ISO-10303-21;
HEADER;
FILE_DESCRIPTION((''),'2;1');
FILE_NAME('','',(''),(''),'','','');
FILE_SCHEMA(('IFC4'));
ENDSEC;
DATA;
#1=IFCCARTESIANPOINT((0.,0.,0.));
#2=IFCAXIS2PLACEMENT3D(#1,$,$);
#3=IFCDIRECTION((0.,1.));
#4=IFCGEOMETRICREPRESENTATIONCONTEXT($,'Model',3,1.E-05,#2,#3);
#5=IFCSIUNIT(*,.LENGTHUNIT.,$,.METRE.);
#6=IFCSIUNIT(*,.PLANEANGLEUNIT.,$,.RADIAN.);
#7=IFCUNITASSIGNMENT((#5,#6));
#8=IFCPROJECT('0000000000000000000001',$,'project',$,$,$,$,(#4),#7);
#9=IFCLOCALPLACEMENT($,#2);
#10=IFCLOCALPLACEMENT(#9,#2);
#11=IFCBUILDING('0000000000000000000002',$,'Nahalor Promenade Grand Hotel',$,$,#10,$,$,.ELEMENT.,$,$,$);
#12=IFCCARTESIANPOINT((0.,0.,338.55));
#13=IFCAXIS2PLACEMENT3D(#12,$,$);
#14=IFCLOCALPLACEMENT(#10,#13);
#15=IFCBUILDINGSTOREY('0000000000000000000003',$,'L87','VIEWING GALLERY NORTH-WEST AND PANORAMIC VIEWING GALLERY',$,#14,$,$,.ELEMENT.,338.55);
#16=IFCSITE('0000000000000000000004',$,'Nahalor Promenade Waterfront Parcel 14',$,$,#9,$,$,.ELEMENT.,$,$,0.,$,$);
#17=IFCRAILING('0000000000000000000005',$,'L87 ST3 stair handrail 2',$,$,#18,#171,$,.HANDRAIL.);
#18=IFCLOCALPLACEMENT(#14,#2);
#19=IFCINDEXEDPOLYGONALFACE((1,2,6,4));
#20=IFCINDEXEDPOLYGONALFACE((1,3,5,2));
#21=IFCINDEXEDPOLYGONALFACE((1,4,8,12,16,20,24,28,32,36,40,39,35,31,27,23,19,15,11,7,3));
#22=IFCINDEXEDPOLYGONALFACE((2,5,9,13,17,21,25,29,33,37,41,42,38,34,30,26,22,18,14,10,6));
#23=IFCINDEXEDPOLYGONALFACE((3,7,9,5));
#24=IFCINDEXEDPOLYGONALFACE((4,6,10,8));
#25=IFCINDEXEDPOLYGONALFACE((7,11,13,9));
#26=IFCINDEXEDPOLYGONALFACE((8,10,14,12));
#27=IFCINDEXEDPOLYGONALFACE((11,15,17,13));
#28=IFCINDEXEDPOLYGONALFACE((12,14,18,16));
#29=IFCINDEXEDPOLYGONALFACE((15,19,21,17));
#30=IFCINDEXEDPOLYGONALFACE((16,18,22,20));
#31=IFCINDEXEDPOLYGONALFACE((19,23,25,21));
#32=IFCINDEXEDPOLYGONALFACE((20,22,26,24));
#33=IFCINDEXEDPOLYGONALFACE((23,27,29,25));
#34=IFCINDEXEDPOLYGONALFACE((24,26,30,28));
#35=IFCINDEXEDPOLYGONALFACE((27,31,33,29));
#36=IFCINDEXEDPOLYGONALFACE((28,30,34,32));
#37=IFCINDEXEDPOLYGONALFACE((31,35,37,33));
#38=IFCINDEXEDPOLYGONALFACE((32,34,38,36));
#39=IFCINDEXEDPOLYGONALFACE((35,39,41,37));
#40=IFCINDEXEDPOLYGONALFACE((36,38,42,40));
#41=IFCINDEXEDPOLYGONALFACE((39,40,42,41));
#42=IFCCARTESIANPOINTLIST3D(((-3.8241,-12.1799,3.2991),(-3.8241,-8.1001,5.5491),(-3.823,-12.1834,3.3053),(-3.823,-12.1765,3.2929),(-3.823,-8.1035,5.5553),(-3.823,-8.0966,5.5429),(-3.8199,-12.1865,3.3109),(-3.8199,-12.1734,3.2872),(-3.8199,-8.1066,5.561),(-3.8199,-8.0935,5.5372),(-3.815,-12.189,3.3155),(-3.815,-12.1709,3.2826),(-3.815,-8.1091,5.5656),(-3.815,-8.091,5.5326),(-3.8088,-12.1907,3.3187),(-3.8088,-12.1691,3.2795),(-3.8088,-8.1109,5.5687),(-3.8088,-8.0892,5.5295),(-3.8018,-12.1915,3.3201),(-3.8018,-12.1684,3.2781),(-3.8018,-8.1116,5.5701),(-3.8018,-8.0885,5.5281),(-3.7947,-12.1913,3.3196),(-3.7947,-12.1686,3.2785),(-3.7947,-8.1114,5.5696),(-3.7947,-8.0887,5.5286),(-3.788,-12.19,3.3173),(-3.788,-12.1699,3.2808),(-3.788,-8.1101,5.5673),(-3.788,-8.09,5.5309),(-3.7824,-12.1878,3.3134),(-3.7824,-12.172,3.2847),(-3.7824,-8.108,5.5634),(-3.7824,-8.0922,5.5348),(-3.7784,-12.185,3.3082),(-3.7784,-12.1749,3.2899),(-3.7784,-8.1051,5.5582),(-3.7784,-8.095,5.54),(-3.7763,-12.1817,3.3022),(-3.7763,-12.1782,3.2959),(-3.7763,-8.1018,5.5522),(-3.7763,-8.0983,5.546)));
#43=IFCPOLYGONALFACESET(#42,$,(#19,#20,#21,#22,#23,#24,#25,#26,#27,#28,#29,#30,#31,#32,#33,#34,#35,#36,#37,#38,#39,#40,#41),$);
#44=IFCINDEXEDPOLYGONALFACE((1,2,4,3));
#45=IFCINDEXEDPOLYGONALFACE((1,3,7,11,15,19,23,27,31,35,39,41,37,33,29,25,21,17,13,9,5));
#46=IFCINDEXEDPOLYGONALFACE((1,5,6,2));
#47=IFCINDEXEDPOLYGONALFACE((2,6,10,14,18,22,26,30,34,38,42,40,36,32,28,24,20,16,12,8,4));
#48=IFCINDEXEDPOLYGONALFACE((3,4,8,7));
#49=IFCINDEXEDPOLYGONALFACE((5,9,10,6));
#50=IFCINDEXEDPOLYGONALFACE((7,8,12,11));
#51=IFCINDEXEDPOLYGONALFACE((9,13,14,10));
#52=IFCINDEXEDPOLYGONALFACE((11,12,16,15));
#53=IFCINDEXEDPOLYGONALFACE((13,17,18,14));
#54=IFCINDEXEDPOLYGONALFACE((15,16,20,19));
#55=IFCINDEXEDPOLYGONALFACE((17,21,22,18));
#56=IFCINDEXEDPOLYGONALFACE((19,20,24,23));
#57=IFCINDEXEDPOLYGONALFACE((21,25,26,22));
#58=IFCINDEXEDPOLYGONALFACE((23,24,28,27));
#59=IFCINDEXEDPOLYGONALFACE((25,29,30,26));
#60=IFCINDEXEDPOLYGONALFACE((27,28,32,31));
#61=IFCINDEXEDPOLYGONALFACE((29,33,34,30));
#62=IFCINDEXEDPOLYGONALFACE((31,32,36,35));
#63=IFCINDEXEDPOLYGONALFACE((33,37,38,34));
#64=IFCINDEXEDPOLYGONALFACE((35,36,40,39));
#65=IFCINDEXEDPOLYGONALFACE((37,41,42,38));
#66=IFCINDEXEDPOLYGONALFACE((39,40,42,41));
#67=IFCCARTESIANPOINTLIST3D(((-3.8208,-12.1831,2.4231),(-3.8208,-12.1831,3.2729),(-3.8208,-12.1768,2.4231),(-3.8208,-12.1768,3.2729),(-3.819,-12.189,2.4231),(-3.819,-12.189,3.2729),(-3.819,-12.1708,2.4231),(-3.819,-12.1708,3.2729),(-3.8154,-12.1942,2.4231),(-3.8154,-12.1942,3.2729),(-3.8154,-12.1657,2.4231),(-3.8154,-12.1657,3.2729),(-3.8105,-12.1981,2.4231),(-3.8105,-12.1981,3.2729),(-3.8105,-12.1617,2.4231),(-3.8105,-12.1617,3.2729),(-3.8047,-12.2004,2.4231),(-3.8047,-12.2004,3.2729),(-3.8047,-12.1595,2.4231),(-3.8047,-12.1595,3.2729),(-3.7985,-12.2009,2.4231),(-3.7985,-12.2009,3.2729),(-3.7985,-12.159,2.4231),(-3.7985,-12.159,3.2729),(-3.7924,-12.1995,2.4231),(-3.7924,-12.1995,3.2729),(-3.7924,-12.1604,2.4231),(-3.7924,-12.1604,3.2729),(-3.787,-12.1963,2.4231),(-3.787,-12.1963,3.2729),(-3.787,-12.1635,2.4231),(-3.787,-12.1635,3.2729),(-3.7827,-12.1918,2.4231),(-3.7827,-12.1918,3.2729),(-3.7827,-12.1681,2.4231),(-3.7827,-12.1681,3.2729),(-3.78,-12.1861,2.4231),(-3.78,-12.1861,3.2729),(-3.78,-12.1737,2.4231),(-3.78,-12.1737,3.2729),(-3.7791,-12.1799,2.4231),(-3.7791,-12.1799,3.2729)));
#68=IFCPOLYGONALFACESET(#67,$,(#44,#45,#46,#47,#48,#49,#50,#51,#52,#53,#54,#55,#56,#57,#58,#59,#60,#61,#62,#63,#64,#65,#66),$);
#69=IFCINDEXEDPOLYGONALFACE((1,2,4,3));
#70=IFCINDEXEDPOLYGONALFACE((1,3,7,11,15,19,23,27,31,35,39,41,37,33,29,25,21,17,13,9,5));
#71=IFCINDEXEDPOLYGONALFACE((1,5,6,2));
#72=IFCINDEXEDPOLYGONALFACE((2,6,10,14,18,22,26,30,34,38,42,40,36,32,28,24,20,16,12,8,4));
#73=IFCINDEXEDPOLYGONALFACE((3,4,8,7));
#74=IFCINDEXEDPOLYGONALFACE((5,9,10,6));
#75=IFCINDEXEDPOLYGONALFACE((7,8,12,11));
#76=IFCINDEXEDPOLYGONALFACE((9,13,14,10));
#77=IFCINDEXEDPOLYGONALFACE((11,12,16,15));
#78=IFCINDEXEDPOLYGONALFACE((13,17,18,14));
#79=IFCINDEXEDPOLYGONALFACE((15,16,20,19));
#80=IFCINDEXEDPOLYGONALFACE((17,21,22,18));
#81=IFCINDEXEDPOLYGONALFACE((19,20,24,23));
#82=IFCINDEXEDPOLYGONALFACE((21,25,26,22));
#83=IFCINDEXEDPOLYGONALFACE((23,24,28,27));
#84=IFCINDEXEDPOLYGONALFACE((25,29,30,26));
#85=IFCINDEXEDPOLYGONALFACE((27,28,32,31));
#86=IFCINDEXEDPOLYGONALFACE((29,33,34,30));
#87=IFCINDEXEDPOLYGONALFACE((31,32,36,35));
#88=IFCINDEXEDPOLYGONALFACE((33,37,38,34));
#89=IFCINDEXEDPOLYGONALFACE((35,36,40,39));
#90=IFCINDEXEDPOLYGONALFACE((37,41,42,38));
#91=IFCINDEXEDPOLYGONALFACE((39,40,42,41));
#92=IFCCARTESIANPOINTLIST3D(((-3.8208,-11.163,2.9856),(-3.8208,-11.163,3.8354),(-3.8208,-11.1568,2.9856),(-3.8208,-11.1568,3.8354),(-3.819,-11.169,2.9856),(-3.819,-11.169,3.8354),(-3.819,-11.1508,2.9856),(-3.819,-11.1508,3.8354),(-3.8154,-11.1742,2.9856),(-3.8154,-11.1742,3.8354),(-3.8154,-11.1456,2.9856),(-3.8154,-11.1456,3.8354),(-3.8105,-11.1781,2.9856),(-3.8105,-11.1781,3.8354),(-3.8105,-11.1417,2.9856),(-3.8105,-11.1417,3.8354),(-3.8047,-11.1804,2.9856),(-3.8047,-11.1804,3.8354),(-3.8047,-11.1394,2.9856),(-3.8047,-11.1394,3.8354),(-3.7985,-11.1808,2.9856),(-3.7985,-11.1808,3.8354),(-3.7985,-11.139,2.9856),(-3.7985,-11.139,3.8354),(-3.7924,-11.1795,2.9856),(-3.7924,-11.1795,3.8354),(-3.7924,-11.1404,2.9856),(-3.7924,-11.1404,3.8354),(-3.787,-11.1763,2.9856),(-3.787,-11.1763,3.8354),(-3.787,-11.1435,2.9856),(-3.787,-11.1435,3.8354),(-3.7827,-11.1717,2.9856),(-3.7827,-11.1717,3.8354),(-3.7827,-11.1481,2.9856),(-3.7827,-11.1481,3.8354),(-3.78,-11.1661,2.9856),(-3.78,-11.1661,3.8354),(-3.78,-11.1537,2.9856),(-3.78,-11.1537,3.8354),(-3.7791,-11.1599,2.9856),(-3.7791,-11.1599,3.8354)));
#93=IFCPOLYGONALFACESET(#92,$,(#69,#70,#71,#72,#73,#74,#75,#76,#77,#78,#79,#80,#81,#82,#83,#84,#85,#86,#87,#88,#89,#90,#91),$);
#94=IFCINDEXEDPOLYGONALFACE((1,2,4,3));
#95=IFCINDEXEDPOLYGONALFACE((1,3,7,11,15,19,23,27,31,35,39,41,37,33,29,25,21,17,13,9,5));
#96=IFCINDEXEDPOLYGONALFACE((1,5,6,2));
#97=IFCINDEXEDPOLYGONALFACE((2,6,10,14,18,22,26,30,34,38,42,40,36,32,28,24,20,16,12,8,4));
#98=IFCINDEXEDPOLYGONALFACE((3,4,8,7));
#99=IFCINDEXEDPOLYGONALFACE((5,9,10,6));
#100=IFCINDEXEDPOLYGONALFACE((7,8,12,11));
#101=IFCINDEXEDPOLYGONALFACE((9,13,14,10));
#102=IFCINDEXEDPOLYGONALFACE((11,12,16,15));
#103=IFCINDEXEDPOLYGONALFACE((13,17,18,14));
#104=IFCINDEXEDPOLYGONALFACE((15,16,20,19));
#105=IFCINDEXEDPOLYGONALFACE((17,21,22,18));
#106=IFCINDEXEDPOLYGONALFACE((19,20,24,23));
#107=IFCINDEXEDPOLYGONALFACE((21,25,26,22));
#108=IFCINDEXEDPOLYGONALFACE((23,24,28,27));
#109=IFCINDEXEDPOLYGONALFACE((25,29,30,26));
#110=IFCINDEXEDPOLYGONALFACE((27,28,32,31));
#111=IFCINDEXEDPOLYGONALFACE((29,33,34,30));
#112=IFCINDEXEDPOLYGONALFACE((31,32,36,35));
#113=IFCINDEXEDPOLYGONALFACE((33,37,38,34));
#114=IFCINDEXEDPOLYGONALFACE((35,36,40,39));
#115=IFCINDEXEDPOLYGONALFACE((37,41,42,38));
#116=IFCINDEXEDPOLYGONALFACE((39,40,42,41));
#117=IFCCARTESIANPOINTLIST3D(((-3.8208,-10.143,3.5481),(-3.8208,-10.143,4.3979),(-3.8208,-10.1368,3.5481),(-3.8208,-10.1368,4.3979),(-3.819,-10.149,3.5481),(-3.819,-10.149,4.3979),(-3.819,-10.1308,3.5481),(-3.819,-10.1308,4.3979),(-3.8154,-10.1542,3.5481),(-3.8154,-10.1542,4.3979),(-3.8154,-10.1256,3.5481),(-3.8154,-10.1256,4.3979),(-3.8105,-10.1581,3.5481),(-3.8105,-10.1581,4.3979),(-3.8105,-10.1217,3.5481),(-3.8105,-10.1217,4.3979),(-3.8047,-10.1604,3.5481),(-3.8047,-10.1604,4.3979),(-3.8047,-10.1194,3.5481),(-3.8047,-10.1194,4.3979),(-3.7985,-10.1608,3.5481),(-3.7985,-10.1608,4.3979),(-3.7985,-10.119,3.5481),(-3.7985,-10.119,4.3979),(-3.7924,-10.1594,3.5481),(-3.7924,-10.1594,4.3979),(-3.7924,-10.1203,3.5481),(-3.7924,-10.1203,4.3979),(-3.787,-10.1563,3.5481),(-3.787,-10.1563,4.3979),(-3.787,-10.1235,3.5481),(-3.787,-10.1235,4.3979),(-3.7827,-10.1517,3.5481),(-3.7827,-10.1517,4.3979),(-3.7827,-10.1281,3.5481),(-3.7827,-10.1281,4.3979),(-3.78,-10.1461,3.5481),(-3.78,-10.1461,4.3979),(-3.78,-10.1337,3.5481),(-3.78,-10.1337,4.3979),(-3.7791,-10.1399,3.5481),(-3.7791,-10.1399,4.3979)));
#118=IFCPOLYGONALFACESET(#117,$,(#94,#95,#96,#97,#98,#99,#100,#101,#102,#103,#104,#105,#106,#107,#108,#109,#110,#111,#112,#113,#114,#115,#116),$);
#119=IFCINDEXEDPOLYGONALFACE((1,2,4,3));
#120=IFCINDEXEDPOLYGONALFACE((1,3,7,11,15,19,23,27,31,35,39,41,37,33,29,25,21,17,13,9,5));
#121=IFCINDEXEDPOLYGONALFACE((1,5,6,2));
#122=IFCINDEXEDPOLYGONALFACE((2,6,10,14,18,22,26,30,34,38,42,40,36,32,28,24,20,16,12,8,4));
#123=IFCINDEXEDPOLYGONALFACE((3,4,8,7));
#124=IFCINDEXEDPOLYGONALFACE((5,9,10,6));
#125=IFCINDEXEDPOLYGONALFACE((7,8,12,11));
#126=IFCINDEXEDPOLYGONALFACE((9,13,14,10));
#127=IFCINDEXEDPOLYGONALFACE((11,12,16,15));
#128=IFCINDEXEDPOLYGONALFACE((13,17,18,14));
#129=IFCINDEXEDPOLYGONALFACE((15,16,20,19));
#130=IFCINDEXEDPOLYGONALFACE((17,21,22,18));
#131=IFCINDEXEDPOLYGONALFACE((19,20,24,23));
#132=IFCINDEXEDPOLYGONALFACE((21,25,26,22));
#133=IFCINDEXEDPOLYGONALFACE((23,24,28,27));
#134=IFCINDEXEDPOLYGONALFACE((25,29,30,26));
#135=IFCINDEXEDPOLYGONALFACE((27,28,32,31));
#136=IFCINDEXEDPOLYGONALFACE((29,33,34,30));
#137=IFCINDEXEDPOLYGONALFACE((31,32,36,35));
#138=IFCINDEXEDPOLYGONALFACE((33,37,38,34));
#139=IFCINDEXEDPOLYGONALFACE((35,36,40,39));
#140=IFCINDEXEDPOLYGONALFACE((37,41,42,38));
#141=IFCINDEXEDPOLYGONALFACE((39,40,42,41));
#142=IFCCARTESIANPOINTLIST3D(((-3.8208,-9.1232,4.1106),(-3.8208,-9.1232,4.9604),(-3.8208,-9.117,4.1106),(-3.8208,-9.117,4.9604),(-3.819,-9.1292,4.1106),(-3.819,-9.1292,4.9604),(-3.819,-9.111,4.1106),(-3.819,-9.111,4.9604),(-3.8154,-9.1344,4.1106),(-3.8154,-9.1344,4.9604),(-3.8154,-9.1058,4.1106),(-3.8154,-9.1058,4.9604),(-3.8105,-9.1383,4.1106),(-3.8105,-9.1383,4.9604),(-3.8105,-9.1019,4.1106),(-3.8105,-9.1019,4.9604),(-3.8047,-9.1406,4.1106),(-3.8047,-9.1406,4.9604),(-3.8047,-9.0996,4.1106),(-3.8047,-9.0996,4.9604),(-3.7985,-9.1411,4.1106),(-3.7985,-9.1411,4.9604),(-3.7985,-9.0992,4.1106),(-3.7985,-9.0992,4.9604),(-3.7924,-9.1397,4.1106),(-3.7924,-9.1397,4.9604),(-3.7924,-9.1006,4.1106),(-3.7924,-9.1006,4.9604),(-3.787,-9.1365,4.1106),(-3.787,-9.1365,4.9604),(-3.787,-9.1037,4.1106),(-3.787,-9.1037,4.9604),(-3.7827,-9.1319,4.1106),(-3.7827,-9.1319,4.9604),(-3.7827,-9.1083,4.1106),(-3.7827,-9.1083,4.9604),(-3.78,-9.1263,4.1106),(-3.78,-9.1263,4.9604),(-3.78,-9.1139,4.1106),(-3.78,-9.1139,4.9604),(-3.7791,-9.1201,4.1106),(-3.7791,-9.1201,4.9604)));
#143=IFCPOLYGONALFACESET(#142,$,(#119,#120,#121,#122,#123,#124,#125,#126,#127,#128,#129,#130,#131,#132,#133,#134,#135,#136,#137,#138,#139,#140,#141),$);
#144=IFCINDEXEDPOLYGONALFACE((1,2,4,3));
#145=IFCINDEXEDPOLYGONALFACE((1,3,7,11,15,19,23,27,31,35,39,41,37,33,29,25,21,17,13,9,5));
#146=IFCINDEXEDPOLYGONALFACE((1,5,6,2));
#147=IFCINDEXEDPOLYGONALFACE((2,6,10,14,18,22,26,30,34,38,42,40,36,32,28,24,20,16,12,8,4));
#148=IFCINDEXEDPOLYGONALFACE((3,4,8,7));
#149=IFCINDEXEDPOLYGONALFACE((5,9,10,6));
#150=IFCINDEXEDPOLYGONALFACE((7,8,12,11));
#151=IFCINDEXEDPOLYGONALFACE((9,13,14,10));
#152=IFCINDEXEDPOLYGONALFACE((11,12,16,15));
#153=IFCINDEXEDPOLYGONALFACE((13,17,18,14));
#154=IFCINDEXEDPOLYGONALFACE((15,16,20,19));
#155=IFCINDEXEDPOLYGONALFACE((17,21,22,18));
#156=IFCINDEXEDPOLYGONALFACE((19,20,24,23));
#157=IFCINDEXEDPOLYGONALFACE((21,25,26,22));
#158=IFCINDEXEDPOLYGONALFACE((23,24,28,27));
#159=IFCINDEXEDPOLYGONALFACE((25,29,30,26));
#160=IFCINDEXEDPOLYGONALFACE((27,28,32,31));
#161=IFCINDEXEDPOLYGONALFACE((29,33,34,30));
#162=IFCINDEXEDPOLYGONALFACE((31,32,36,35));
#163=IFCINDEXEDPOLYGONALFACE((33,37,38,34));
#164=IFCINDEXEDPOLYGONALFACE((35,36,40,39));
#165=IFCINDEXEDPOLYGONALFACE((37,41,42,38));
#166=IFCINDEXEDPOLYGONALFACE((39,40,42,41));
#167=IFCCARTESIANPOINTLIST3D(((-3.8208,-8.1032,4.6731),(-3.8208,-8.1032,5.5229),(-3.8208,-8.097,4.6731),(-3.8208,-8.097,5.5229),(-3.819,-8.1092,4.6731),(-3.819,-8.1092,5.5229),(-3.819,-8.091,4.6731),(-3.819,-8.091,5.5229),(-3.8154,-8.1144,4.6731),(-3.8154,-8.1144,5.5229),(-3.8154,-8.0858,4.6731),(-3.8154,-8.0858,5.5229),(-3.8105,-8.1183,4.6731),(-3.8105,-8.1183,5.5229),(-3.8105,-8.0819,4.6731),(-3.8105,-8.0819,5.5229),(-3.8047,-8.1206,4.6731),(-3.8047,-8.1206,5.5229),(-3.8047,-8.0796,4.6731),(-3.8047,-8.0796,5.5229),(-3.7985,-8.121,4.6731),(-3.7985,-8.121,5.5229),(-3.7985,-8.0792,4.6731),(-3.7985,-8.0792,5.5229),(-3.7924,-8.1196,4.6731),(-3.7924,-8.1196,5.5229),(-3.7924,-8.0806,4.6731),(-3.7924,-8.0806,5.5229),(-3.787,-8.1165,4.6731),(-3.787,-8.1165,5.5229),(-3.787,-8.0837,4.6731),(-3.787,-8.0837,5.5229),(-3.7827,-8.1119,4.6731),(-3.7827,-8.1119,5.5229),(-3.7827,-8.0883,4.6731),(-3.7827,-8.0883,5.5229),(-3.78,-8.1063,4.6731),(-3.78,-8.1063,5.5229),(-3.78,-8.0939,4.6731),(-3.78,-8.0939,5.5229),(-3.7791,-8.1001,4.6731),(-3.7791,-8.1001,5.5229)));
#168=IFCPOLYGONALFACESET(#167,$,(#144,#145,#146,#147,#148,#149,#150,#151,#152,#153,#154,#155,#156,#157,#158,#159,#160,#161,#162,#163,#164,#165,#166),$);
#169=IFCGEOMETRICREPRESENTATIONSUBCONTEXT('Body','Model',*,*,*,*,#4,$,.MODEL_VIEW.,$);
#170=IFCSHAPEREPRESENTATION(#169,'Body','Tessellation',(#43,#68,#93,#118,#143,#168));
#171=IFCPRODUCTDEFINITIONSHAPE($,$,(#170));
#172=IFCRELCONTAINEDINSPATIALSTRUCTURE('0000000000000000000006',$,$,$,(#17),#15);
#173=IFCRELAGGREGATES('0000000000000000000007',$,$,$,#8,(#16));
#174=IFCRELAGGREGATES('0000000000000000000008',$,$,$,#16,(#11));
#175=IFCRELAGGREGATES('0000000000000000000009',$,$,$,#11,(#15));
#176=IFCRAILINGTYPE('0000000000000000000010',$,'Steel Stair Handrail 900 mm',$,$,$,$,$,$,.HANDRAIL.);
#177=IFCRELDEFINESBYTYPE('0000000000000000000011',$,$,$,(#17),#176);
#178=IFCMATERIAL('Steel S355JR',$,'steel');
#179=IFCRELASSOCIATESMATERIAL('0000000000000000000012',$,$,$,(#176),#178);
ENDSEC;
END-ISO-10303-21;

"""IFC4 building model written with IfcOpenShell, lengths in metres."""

from ifc_helpers import new_model, si_unit, direction, frame, origin, origin_2d, place, context, subcontext, project, spatial, circle, extrude, material, type_object, element, save


model = new_model("IFC4")

# Units and contexts
model_context = context("Model", 3, precision=1e-05, world=origin(), true_north=direction((0.0, 1.0)))
body_context = subcontext(model_context, "Body", "Model", "MODEL_VIEW")
ifc_project = project(units=[si_unit("LENGTHUNIT", "METRE"), si_unit("PLANEANGLEUNIT", "RADIAN")], contexts=[model_context])

# Site, building, storey
site_placement = place(None, origin())
site = spatial("IfcSite", under=ifc_project, at=site_placement, Name="Nahalor Promenade Waterfront Parcel 14", CompositionType="ELEMENT", RefElevation=0.0)
building_placement = place(site_placement, origin())
building = spatial("IfcBuilding", under=site, at=building_placement, Name="Nahalor Promenade Grand Hotel", CompositionType="ELEMENT")
storey_placement = place(building_placement, frame((0.0, 0.0, 338.55)))
storey = spatial("IfcBuildingStorey", under=building, at=storey_placement, Name="L87", Description="VIEWING GALLERY NORTH-WEST AND PANORAMIC VIEWING GALLERY", CompositionType="ELEMENT", Elevation=338.55)

# Shared definitions
ifc_material_1 = material(Name="Steel S355JR", Category="steel")

# Railing
railing_type_1 = type_object("IfcRailingType", Name="Steel Stair Handrail 900 mm", PredefinedType="HANDRAIL", material=ifc_material_1)
railing_1_placement = place(storey_placement, frame((-3.8, -12.1799, 2.4231)))
element("IfcRailing", 1, at=railing_1_placement, inside=storey, type_object=railing_type_1, Name="L87 ST3 stair handrail 2", PredefinedType="HANDRAIL", context=body_context, shape_type="SweptSolid", body=[
    extrude(circle(Radius=0.024, at=origin_2d()), frame((0.0, 0.0, 0.876), z_axis=(0.0, 0.875663, 0.482922), x_axis=(-1.0, 0.0, 0.0)), (0.0, 0.0, 1.0), 4.6592),
    extrude(circle(Radius=0.021, at=origin_2d()), origin(), (0.0, 0.0, 1.0), 0.8499),
    extrude(circle(Radius=0.021, at=origin_2d()), frame((0.0, 1.02, 0.5625)), (0.0, 0.0, 1.0), 0.8499),
    extrude(circle(Radius=0.021, at=origin_2d()), frame((0.0, 2.04, 1.125)), (0.0, 0.0, 1.0), 0.8499),
    extrude(circle(Radius=0.021, at=origin_2d()), frame((0.0, 3.0598, 1.6875)), (0.0, 0.0, 1.0), 0.8499),
    extrude(circle(Radius=0.021, at=origin_2d()), frame((0.0, 4.0798, 2.25)), (0.0, 0.0, 1.0), 0.8499),
])

save(model, "model.ifc")
